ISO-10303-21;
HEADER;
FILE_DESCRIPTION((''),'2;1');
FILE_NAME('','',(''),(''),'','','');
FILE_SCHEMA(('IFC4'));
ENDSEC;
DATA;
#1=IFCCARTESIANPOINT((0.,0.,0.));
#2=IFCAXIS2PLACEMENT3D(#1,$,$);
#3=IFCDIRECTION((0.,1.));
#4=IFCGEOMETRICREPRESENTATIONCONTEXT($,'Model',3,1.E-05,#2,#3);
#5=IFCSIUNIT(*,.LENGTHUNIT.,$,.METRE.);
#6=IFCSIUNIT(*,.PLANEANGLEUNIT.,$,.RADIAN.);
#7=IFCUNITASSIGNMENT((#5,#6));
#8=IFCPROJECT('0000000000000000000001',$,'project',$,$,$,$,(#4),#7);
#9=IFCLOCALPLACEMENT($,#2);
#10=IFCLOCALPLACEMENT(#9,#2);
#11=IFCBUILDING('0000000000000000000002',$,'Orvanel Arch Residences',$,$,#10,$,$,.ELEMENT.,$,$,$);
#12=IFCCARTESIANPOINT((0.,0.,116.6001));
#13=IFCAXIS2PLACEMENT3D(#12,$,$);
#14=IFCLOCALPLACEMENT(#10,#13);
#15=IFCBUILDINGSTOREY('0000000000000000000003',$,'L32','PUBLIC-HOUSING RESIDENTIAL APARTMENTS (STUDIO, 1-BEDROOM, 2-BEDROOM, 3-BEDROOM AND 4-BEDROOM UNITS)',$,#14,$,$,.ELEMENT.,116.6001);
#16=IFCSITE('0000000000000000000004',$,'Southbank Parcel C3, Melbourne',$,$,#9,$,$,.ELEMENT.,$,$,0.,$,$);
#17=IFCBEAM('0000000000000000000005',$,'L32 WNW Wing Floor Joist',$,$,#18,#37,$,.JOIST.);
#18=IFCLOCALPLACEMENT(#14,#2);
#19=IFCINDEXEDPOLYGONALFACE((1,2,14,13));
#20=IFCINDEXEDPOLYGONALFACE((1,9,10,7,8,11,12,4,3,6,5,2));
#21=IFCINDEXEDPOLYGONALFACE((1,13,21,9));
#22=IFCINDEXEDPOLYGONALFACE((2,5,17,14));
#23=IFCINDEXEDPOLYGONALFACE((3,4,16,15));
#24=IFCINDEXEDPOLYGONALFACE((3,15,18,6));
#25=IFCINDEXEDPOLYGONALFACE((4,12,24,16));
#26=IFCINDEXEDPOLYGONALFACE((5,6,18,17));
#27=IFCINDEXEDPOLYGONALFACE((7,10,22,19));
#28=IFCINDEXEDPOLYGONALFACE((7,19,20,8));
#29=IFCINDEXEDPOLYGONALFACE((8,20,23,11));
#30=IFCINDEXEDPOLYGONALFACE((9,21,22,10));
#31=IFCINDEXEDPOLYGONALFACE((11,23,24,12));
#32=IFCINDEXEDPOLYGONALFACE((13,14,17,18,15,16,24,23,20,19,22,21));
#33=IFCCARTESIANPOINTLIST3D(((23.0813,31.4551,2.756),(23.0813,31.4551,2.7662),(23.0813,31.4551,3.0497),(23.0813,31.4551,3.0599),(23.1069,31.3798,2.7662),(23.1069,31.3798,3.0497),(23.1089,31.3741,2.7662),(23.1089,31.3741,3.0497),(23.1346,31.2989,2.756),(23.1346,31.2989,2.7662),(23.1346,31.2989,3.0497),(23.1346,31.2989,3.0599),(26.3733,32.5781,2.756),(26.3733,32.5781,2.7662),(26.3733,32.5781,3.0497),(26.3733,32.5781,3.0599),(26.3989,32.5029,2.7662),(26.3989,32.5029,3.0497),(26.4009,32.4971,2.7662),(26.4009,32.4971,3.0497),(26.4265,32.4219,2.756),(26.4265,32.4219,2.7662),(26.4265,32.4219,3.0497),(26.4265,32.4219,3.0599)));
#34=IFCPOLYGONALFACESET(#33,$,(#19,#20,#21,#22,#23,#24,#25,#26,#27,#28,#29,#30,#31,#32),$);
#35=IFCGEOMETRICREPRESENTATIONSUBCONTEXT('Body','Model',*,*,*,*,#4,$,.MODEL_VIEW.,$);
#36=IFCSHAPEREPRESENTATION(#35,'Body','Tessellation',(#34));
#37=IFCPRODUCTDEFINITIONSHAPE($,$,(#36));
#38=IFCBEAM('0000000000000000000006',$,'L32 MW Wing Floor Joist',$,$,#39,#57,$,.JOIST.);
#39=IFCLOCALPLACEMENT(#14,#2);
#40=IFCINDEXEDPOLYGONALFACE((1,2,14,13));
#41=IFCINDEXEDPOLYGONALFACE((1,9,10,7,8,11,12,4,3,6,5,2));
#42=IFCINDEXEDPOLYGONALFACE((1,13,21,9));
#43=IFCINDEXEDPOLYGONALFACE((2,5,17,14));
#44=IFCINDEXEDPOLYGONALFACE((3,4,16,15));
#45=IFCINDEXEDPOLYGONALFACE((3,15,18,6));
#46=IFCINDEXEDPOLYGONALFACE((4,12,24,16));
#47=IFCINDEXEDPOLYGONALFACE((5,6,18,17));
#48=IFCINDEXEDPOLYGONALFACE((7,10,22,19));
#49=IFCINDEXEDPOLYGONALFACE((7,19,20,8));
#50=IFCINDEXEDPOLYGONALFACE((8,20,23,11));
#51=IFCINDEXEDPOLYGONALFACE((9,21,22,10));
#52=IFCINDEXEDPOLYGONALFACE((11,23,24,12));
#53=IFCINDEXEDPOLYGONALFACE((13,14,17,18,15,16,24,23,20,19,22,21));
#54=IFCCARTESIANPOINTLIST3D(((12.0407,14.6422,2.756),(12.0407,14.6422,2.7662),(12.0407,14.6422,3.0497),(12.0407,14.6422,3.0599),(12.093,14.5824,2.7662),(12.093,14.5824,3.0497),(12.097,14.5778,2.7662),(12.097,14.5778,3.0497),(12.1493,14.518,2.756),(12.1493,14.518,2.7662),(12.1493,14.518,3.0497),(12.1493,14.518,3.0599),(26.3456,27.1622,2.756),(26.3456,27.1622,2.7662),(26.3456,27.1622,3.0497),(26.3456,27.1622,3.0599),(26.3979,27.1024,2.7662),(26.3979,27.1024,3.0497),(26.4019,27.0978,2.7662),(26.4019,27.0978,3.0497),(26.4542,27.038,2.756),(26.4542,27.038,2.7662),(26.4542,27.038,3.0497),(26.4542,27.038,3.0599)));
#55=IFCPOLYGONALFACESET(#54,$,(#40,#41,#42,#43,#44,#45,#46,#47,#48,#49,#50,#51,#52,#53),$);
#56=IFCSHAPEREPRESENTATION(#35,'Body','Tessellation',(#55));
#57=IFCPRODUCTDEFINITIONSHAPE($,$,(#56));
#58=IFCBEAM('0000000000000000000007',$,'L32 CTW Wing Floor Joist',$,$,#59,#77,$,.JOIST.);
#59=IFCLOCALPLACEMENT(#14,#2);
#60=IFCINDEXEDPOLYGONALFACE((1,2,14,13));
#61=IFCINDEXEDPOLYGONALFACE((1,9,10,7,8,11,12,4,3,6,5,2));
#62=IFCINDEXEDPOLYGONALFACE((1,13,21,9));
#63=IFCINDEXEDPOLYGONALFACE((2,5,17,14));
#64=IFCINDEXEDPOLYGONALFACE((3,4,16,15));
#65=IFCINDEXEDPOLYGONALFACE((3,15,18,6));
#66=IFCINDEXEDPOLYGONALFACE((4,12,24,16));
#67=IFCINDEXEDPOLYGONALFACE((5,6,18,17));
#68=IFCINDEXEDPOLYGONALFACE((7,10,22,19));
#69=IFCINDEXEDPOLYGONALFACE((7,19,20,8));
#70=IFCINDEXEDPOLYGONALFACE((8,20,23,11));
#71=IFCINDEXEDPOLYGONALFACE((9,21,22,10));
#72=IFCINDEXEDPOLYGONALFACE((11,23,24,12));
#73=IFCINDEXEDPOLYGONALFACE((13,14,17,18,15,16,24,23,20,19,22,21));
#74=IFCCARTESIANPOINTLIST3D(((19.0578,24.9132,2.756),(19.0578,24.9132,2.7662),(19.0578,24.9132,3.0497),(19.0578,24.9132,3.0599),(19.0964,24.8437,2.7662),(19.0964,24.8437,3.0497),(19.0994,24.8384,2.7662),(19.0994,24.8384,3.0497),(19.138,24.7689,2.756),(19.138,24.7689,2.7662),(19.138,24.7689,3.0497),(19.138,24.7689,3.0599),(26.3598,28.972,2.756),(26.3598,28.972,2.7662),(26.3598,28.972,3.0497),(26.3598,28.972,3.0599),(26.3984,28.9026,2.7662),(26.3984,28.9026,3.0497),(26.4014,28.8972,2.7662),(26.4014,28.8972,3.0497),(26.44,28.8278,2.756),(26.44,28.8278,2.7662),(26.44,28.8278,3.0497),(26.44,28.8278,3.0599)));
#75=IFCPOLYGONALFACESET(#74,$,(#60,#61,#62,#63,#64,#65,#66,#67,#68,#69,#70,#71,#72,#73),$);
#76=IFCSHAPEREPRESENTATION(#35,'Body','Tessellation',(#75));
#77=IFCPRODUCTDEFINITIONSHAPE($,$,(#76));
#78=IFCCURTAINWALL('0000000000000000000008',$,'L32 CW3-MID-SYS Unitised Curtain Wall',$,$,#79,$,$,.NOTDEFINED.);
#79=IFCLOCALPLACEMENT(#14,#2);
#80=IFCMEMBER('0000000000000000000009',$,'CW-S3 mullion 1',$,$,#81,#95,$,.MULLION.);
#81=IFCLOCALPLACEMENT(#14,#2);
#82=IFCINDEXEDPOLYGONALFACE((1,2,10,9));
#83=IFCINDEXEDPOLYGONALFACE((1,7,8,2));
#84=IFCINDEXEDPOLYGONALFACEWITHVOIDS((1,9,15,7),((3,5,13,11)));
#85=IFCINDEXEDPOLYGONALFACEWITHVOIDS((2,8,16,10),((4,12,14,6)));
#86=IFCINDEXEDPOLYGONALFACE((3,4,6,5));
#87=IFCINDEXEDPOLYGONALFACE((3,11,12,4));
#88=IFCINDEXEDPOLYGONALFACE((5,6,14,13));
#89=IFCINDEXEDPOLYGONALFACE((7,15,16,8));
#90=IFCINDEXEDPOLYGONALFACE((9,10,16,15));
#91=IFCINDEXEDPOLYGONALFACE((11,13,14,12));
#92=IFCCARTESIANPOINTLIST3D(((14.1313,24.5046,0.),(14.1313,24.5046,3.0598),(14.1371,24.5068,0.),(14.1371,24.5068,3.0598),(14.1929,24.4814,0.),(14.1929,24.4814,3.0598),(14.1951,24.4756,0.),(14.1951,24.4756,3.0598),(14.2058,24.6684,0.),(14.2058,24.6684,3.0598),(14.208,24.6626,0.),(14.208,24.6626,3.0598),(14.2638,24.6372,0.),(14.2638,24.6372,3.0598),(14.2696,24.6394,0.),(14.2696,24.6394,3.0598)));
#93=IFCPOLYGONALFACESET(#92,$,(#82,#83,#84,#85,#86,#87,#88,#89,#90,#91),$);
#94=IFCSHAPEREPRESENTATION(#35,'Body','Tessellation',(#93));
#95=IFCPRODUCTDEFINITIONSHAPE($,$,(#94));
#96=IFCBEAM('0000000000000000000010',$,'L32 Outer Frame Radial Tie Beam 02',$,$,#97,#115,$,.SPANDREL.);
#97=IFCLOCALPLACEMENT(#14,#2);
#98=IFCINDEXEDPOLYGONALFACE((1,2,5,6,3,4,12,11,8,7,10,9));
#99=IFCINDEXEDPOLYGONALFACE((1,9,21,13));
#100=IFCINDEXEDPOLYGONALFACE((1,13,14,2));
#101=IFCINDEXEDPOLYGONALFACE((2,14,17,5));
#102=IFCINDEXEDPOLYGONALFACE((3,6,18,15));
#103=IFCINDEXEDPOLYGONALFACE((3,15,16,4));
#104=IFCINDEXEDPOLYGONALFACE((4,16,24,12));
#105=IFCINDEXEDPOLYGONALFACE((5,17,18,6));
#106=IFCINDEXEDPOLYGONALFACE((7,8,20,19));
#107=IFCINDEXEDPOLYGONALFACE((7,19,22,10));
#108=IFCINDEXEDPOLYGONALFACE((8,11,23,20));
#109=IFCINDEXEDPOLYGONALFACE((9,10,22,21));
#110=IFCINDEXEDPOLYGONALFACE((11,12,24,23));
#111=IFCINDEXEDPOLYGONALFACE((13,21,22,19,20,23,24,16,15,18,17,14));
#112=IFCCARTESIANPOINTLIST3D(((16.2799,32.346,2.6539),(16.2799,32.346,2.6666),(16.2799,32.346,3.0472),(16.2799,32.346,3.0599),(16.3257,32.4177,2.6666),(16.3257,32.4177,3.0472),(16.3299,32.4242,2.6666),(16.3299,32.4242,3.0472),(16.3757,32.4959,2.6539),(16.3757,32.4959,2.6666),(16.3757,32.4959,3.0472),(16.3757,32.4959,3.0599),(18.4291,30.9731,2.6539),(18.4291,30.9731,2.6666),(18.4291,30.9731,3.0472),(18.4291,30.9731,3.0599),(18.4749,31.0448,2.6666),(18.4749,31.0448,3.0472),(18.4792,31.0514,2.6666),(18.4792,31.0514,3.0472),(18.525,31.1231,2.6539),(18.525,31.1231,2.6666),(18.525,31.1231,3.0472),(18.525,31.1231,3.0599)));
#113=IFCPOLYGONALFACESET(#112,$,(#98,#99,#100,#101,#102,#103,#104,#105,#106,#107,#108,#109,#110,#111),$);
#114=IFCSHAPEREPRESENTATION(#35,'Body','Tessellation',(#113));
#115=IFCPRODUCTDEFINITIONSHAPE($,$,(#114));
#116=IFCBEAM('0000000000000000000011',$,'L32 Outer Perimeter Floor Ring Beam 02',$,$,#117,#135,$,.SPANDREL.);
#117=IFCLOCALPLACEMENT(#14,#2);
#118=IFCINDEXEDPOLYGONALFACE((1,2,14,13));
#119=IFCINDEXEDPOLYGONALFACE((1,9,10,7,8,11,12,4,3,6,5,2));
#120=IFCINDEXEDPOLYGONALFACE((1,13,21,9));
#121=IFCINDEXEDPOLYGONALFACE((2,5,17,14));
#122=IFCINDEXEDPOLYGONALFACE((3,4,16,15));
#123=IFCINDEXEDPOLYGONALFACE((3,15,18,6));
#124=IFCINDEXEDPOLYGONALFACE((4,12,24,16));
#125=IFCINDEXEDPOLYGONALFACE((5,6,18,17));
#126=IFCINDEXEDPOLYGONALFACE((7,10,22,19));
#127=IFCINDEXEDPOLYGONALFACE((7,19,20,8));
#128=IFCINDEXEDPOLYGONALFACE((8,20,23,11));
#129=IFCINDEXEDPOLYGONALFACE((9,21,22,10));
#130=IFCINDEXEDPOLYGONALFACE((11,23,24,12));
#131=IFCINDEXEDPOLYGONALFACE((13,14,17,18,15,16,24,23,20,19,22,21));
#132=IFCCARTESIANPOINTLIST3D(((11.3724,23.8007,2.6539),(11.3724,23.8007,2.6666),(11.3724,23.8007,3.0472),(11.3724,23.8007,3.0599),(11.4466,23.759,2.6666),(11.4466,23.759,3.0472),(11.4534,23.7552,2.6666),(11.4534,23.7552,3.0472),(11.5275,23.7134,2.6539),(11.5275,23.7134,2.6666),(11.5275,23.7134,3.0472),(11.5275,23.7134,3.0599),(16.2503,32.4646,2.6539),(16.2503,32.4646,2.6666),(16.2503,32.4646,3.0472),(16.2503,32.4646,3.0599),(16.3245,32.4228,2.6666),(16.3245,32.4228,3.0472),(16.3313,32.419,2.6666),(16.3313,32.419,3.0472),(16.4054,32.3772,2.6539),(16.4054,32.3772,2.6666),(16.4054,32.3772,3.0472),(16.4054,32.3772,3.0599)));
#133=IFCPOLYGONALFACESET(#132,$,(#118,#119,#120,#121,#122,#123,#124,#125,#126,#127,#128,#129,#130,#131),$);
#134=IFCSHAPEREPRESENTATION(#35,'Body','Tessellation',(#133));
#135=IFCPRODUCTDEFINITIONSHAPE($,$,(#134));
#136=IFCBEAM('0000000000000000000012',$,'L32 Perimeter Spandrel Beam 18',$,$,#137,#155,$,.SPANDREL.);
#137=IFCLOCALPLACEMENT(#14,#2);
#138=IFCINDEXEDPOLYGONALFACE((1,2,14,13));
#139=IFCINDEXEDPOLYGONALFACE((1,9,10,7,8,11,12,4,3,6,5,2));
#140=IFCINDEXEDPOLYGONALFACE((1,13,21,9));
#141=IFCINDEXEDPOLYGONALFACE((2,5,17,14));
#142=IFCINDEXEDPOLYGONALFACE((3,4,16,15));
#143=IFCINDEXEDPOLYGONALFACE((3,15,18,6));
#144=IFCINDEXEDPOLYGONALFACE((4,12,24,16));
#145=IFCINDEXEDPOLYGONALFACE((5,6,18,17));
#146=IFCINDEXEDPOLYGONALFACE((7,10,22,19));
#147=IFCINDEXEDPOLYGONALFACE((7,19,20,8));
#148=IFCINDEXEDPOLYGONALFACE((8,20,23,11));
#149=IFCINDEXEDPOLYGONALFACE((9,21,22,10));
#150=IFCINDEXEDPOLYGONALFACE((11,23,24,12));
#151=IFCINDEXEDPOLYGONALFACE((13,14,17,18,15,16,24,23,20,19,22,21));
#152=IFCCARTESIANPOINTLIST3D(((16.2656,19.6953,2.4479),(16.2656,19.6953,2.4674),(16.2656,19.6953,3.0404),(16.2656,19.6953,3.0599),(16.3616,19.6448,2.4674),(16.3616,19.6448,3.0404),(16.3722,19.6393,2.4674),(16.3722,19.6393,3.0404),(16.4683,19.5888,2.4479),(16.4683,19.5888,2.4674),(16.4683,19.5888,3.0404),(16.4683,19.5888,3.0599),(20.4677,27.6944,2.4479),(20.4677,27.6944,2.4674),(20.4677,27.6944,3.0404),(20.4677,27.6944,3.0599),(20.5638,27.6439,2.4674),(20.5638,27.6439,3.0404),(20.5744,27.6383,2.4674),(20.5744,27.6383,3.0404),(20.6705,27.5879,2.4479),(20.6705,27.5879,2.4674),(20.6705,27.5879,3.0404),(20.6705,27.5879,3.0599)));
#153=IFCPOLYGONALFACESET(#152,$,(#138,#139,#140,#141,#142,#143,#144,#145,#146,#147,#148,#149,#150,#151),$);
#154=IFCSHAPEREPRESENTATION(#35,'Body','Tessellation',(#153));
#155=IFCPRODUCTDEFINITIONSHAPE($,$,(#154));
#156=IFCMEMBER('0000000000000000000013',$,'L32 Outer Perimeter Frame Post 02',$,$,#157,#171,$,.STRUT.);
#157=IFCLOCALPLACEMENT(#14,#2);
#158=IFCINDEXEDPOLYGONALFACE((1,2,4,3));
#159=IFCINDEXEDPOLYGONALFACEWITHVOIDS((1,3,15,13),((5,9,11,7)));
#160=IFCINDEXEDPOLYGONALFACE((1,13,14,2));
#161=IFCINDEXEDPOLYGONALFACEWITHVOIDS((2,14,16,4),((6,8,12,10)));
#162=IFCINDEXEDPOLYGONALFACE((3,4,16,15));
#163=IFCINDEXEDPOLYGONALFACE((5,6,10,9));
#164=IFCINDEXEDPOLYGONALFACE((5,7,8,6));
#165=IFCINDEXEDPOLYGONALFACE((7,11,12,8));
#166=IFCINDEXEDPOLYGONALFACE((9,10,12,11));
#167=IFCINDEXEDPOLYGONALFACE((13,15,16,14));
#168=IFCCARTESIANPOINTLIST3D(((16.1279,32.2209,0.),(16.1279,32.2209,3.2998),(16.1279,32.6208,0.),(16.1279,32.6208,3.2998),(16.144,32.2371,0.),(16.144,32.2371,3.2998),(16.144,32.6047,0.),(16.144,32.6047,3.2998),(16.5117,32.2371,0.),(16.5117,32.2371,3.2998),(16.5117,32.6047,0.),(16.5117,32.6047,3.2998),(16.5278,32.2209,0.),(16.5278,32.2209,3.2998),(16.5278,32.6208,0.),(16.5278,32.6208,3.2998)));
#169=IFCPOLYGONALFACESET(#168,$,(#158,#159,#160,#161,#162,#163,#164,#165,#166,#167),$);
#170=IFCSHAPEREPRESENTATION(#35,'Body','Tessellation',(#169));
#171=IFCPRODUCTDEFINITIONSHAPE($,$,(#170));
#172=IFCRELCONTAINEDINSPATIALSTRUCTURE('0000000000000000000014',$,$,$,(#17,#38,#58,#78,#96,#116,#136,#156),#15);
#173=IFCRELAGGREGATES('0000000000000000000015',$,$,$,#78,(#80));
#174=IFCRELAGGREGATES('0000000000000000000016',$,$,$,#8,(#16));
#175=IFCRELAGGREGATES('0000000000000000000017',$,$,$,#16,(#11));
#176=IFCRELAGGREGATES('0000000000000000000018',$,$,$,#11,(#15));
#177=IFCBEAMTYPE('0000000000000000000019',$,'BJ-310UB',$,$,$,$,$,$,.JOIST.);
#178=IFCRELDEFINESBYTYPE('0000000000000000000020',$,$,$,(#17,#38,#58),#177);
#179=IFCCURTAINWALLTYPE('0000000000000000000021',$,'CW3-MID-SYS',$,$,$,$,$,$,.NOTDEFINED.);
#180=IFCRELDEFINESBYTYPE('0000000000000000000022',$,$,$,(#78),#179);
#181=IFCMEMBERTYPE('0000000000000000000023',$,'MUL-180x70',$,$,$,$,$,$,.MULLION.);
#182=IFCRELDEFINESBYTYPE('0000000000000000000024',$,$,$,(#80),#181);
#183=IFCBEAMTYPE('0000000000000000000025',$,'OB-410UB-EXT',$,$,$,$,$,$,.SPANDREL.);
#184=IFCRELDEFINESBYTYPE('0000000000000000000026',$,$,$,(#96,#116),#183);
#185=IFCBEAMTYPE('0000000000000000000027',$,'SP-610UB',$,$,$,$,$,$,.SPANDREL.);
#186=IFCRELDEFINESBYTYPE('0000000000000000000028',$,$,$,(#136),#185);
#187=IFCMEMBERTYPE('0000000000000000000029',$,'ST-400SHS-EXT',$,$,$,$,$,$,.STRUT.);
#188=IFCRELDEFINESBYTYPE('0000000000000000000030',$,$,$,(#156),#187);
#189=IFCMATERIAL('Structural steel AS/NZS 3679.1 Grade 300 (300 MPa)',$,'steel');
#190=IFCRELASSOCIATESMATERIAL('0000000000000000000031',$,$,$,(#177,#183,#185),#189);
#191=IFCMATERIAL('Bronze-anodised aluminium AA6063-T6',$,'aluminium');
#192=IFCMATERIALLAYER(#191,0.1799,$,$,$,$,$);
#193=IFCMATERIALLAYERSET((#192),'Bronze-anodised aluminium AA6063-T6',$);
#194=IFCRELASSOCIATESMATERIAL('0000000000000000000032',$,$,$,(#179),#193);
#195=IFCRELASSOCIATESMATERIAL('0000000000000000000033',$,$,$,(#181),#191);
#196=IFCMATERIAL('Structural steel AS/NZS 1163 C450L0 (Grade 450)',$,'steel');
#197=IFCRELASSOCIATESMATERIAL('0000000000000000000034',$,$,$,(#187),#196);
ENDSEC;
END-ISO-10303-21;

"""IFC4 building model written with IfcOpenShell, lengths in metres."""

from ifc_helpers import new_model, si_unit, direction, frame, origin, origin_2d, place, context, subcontext, project, spatial, hollow_rectangle, i_section, extrude, material, layer, layer_set, material_profile, profile_set, type_object, element, aggregate, save


model = new_model("IFC4")

# Units and contexts
model_context = context("Model", 3, precision=1e-05, world=origin(), true_north=direction((0.0, 1.0)))
body_context = subcontext(model_context, "Body", "Model", "MODEL_VIEW")
ifc_project = project(units=[si_unit("LENGTHUNIT", "METRE"), si_unit("PLANEANGLEUNIT", "RADIAN")], contexts=[model_context])

# Site, building, storey
site_placement = place(None, origin())
site = spatial("IfcSite", under=ifc_project, at=site_placement, Name="Southbank Parcel C3, Melbourne", CompositionType="ELEMENT", RefElevation=0.0)
building_placement = place(site_placement, origin())
building = spatial("IfcBuilding", under=site, at=building_placement, Name="Orvanel Arch Residences", CompositionType="ELEMENT")
storey_placement = place(building_placement, frame((0.0, 0.0, 116.6001)))
storey = spatial("IfcBuildingStorey", under=building, at=storey_placement, Name="L32", Description="PUBLIC-HOUSING RESIDENTIAL APARTMENTS (STUDIO, 1-BEDROOM, 2-BEDROOM, 3-BEDROOM AND 4-BEDROOM UNITS)", CompositionType="ELEMENT", Elevation=116.6001)

# Shared definitions
ifc_material_1 = material(Name="Structural steel AS/NZS 1163 C450L0 (Grade 450)", Category="steel")

# Beams
ifc_material_2 = material(Name="Structural steel AS/NZS 3679.1 Grade 300 (300 MPa)", Category="steel")
ifc_material_profile_1 = material_profile(ifc_material_2, i_section(OverallWidth=0.165, OverallDepth=0.304, WebThickness=0.0061, FlangeThickness=0.0103, at=origin_2d()), Name="310UB40.4")
ifc_profile_set_1 = profile_set([ifc_material_profile_1], Name="Structural steel AS/NZS 3679.1 Grade 300 (300 MPa)")
beam_type_1 = type_object("IfcBeamType", Name="BJ-310UB", PredefinedType="JOIST", material=ifc_profile_set_1)
beam_1_placement = place(storey_placement, frame((26.3999, 32.5, 2.908), z_axis=(-0.946442, -0.322874, 0.0), x_axis=(0.322874, -0.946442, 0.0)))
element("IfcBeam", 1, at=beam_1_placement, inside=storey, type_object=beam_type_1, Name="L32 WNW Wing Floor Joist", PredefinedType="JOIST", context=body_context, shape_type="SweptSolid", body=[
    extrude(i_section(OverallWidth=0.165, OverallDepth=0.304, WebThickness=0.0061, FlangeThickness=0.0103, at=origin_2d()), origin(), (0.0, 0.0, 1.0), 3.4783),
])
beam_2_placement = place(storey_placement, frame((26.3999, 27.1001, 2.908), z_axis=(-0.752493, -0.6586, 0.0), x_axis=(0.6586, -0.752493, 0.0)))
element("IfcBeam", 2, at=beam_2_placement, inside=storey, type_object=beam_type_1, Name="L32 MW Wing Floor Joist", PredefinedType="JOIST", context=body_context, shape_type="SweptSolid", body=[
    extrude(i_section(OverallWidth=0.165, OverallDepth=0.304, WebThickness=0.0061, FlangeThickness=0.0103, at=origin_2d()), origin(), (0.0, 0.0, 1.0), 19.01),
])
beam_3_placement = place(storey_placement, frame((26.3999, 28.8999, 2.908), z_axis=(-0.874047, -0.485841, 0.0), x_axis=(0.485841, -0.874047, 0.0)))
element("IfcBeam", 3, at=beam_3_placement, inside=storey, type_object=beam_type_1, Name="L32 CTW Wing Floor Joist", PredefinedType="JOIST", context=body_context, shape_type="SweptSolid", body=[
    extrude(i_section(OverallWidth=0.165, OverallDepth=0.304, WebThickness=0.0061, FlangeThickness=0.0103, at=origin_2d()), origin(), (0.0, 0.0, 1.0), 8.3542),
])

# Curtain wall, member
ifc_material_3 = material(Name="Bronze-anodised aluminium AA6063-T6", Category="aluminium")
ifc_layer_1 = layer(ifc_material_3, 0.1799)
ifc_layer_set_1 = layer_set([ifc_layer_1], Name="Bronze-anodised aluminium AA6063-T6")
curtain_wall_type = type_object("IfcCurtainWallType", Name="CW3-MID-SYS", PredefinedType="NOTDEFINED", material=ifc_layer_set_1)
curtain_wall_placement = place(storey_placement, origin())
curtain_wall = element("IfcCurtainWall", 4, at=curtain_wall_placement, inside=storey, type_object=curtain_wall_type, Name="L32 CW3-MID-SYS Unitised Curtain Wall", PredefinedType="NOTDEFINED")
ifc_material_profile_2 = material_profile(ifc_material_3, hollow_rectangle(XDim=0.0701, YDim=0.1799, WallThickness=0.0044, at=origin_2d()), Name="ALU180x70x4.5")
ifc_profile_set_2 = profile_set([ifc_material_profile_2], Name="Bronze-anodised aluminium AA6063-T6")
member_type_1 = type_object("IfcMemberType", Name="MUL-180x70", PredefinedType="MULLION", material=ifc_profile_set_2)
member_1_placement = place(storey_placement, frame((14.2004, 24.572, 0.0), z_axis=(0.0, 0.0, 1.0), x_axis=(0.910224, -0.414115, 0.0)))
member_1 = element("IfcMember", 5, at=member_1_placement, type_object=member_type_1, Name="CW-S3 mullion 1", PredefinedType="MULLION", context=body_context, shape_type="SweptSolid", body=[
    extrude(hollow_rectangle(XDim=0.0701, YDim=0.1799, WallThickness=0.0044, at=origin_2d()), origin(), (0.0, 0.0, 1.0), 3.0598),
])

# Beams
ifc_material_profile_3 = material_profile(ifc_material_2, i_section(OverallWidth=0.178, OverallDepth=0.406, WebThickness=0.0078, FlangeThickness=0.0127, at=origin_2d()), Name="410UB59.7")
ifc_profile_set_3 = profile_set([ifc_material_profile_3], Name="Structural steel AS/NZS 3679.1 Grade 300 (300 MPa)")
beam_type_2 = type_object("IfcBeamType", Name="OB-410UB-EXT", PredefinedType="SPANDREL", material=ifc_profile_set_3)
beam_4_placement = place(storey_placement, frame((18.4771, 31.0481, 2.8569), z_axis=(-0.842746, 0.538312, 0.0), x_axis=(-0.538312, -0.842746, 0.0)))
element("IfcBeam", 6, at=beam_4_placement, inside=storey, type_object=beam_type_2, Name="L32 Outer Frame Radial Tie Beam 02", PredefinedType="SPANDREL", context=body_context, shape_type="SweptSolid", body=[
    extrude(i_section(OverallWidth=0.178, OverallDepth=0.406, WebThickness=0.0078, FlangeThickness=0.0127, at=origin_2d()), origin(), (0.0, 0.0, 1.0), 2.5503),
])
beam_5_placement = place(storey_placement, frame((16.3279, 32.4209, 2.8569), z_axis=(-0.490607, -0.871381, 0.0), x_axis=(0.871381, -0.490607, 0.0)))
element("IfcBeam", 7, at=beam_5_placement, inside=storey, type_object=beam_type_2, Name="L32 Outer Perimeter Floor Ring Beam 02", PredefinedType="SPANDREL", context=body_context, shape_type="SweptSolid", body=[
    extrude(i_section(OverallWidth=0.178, OverallDepth=0.406, WebThickness=0.0078, FlangeThickness=0.0127, at=origin_2d()), origin(), (0.0, 0.0, 1.0), 9.9426),
])
ifc_material_profile_4 = material_profile(ifc_material_2, i_section(OverallWidth=0.229, OverallDepth=0.6121, WebThickness=0.012, FlangeThickness=0.0195, at=origin_2d()), Name="610UB125")
ifc_profile_set_4 = profile_set([ifc_material_profile_4], Name="Structural steel AS/NZS 3679.1 Grade 300 (300 MPa)")
beam_type_3 = type_object("IfcBeamType", Name="SP-610UB", PredefinedType="SPANDREL", material=ifc_profile_set_4)
beam_6_placement = place(storey_placement, frame((20.5691, 27.6411, 2.7539), z_axis=(-0.465065, -0.885277, 0.0), x_axis=(0.885277, -0.465065, 0.0)))
element("IfcBeam", 8, at=beam_6_placement, inside=storey, type_object=beam_type_3, Name="L32 Perimeter Spandrel Beam 18", PredefinedType="SPANDREL", context=body_context, shape_type="SweptSolid", body=[
    extrude(i_section(OverallWidth=0.229, OverallDepth=0.6121, WebThickness=0.012, FlangeThickness=0.0195, at=origin_2d()), origin(), (0.0, 0.0, 1.0), 9.0356),
])

# Member
ifc_material_profile_5 = material_profile(ifc_material_1, hollow_rectangle(XDim=0.3999, YDim=0.3999, WallThickness=0.0161, at=origin_2d()), Name="SHS400x400x16")
ifc_profile_set_5 = profile_set([ifc_material_profile_5], Name="Structural steel AS/NZS 1163 C450L0 (Grade 450)")
member_type_2 = type_object("IfcMemberType", Name="ST-400SHS-EXT", PredefinedType="STRUT", material=ifc_profile_set_5)
member_2_placement = place(storey_placement, frame((16.3279, 32.4209, 0.0), z_axis=(0.0, 0.0, 1.0), x_axis=(1.0, 0.0, 0.0)))
element("IfcMember", 9, at=member_2_placement, inside=storey, type_object=member_type_2, Name="L32 Outer Perimeter Frame Post 02", PredefinedType="STRUT", context=body_context, shape_type="SweptSolid", body=[
    extrude(hollow_rectangle(XDim=0.3999, YDim=0.3999, WallThickness=0.0161, at=origin_2d()), origin(), (0.0, 0.0, 1.0), 3.2998),
])
aggregate(curtain_wall, [member_1])

save(model, "model.ifc")
